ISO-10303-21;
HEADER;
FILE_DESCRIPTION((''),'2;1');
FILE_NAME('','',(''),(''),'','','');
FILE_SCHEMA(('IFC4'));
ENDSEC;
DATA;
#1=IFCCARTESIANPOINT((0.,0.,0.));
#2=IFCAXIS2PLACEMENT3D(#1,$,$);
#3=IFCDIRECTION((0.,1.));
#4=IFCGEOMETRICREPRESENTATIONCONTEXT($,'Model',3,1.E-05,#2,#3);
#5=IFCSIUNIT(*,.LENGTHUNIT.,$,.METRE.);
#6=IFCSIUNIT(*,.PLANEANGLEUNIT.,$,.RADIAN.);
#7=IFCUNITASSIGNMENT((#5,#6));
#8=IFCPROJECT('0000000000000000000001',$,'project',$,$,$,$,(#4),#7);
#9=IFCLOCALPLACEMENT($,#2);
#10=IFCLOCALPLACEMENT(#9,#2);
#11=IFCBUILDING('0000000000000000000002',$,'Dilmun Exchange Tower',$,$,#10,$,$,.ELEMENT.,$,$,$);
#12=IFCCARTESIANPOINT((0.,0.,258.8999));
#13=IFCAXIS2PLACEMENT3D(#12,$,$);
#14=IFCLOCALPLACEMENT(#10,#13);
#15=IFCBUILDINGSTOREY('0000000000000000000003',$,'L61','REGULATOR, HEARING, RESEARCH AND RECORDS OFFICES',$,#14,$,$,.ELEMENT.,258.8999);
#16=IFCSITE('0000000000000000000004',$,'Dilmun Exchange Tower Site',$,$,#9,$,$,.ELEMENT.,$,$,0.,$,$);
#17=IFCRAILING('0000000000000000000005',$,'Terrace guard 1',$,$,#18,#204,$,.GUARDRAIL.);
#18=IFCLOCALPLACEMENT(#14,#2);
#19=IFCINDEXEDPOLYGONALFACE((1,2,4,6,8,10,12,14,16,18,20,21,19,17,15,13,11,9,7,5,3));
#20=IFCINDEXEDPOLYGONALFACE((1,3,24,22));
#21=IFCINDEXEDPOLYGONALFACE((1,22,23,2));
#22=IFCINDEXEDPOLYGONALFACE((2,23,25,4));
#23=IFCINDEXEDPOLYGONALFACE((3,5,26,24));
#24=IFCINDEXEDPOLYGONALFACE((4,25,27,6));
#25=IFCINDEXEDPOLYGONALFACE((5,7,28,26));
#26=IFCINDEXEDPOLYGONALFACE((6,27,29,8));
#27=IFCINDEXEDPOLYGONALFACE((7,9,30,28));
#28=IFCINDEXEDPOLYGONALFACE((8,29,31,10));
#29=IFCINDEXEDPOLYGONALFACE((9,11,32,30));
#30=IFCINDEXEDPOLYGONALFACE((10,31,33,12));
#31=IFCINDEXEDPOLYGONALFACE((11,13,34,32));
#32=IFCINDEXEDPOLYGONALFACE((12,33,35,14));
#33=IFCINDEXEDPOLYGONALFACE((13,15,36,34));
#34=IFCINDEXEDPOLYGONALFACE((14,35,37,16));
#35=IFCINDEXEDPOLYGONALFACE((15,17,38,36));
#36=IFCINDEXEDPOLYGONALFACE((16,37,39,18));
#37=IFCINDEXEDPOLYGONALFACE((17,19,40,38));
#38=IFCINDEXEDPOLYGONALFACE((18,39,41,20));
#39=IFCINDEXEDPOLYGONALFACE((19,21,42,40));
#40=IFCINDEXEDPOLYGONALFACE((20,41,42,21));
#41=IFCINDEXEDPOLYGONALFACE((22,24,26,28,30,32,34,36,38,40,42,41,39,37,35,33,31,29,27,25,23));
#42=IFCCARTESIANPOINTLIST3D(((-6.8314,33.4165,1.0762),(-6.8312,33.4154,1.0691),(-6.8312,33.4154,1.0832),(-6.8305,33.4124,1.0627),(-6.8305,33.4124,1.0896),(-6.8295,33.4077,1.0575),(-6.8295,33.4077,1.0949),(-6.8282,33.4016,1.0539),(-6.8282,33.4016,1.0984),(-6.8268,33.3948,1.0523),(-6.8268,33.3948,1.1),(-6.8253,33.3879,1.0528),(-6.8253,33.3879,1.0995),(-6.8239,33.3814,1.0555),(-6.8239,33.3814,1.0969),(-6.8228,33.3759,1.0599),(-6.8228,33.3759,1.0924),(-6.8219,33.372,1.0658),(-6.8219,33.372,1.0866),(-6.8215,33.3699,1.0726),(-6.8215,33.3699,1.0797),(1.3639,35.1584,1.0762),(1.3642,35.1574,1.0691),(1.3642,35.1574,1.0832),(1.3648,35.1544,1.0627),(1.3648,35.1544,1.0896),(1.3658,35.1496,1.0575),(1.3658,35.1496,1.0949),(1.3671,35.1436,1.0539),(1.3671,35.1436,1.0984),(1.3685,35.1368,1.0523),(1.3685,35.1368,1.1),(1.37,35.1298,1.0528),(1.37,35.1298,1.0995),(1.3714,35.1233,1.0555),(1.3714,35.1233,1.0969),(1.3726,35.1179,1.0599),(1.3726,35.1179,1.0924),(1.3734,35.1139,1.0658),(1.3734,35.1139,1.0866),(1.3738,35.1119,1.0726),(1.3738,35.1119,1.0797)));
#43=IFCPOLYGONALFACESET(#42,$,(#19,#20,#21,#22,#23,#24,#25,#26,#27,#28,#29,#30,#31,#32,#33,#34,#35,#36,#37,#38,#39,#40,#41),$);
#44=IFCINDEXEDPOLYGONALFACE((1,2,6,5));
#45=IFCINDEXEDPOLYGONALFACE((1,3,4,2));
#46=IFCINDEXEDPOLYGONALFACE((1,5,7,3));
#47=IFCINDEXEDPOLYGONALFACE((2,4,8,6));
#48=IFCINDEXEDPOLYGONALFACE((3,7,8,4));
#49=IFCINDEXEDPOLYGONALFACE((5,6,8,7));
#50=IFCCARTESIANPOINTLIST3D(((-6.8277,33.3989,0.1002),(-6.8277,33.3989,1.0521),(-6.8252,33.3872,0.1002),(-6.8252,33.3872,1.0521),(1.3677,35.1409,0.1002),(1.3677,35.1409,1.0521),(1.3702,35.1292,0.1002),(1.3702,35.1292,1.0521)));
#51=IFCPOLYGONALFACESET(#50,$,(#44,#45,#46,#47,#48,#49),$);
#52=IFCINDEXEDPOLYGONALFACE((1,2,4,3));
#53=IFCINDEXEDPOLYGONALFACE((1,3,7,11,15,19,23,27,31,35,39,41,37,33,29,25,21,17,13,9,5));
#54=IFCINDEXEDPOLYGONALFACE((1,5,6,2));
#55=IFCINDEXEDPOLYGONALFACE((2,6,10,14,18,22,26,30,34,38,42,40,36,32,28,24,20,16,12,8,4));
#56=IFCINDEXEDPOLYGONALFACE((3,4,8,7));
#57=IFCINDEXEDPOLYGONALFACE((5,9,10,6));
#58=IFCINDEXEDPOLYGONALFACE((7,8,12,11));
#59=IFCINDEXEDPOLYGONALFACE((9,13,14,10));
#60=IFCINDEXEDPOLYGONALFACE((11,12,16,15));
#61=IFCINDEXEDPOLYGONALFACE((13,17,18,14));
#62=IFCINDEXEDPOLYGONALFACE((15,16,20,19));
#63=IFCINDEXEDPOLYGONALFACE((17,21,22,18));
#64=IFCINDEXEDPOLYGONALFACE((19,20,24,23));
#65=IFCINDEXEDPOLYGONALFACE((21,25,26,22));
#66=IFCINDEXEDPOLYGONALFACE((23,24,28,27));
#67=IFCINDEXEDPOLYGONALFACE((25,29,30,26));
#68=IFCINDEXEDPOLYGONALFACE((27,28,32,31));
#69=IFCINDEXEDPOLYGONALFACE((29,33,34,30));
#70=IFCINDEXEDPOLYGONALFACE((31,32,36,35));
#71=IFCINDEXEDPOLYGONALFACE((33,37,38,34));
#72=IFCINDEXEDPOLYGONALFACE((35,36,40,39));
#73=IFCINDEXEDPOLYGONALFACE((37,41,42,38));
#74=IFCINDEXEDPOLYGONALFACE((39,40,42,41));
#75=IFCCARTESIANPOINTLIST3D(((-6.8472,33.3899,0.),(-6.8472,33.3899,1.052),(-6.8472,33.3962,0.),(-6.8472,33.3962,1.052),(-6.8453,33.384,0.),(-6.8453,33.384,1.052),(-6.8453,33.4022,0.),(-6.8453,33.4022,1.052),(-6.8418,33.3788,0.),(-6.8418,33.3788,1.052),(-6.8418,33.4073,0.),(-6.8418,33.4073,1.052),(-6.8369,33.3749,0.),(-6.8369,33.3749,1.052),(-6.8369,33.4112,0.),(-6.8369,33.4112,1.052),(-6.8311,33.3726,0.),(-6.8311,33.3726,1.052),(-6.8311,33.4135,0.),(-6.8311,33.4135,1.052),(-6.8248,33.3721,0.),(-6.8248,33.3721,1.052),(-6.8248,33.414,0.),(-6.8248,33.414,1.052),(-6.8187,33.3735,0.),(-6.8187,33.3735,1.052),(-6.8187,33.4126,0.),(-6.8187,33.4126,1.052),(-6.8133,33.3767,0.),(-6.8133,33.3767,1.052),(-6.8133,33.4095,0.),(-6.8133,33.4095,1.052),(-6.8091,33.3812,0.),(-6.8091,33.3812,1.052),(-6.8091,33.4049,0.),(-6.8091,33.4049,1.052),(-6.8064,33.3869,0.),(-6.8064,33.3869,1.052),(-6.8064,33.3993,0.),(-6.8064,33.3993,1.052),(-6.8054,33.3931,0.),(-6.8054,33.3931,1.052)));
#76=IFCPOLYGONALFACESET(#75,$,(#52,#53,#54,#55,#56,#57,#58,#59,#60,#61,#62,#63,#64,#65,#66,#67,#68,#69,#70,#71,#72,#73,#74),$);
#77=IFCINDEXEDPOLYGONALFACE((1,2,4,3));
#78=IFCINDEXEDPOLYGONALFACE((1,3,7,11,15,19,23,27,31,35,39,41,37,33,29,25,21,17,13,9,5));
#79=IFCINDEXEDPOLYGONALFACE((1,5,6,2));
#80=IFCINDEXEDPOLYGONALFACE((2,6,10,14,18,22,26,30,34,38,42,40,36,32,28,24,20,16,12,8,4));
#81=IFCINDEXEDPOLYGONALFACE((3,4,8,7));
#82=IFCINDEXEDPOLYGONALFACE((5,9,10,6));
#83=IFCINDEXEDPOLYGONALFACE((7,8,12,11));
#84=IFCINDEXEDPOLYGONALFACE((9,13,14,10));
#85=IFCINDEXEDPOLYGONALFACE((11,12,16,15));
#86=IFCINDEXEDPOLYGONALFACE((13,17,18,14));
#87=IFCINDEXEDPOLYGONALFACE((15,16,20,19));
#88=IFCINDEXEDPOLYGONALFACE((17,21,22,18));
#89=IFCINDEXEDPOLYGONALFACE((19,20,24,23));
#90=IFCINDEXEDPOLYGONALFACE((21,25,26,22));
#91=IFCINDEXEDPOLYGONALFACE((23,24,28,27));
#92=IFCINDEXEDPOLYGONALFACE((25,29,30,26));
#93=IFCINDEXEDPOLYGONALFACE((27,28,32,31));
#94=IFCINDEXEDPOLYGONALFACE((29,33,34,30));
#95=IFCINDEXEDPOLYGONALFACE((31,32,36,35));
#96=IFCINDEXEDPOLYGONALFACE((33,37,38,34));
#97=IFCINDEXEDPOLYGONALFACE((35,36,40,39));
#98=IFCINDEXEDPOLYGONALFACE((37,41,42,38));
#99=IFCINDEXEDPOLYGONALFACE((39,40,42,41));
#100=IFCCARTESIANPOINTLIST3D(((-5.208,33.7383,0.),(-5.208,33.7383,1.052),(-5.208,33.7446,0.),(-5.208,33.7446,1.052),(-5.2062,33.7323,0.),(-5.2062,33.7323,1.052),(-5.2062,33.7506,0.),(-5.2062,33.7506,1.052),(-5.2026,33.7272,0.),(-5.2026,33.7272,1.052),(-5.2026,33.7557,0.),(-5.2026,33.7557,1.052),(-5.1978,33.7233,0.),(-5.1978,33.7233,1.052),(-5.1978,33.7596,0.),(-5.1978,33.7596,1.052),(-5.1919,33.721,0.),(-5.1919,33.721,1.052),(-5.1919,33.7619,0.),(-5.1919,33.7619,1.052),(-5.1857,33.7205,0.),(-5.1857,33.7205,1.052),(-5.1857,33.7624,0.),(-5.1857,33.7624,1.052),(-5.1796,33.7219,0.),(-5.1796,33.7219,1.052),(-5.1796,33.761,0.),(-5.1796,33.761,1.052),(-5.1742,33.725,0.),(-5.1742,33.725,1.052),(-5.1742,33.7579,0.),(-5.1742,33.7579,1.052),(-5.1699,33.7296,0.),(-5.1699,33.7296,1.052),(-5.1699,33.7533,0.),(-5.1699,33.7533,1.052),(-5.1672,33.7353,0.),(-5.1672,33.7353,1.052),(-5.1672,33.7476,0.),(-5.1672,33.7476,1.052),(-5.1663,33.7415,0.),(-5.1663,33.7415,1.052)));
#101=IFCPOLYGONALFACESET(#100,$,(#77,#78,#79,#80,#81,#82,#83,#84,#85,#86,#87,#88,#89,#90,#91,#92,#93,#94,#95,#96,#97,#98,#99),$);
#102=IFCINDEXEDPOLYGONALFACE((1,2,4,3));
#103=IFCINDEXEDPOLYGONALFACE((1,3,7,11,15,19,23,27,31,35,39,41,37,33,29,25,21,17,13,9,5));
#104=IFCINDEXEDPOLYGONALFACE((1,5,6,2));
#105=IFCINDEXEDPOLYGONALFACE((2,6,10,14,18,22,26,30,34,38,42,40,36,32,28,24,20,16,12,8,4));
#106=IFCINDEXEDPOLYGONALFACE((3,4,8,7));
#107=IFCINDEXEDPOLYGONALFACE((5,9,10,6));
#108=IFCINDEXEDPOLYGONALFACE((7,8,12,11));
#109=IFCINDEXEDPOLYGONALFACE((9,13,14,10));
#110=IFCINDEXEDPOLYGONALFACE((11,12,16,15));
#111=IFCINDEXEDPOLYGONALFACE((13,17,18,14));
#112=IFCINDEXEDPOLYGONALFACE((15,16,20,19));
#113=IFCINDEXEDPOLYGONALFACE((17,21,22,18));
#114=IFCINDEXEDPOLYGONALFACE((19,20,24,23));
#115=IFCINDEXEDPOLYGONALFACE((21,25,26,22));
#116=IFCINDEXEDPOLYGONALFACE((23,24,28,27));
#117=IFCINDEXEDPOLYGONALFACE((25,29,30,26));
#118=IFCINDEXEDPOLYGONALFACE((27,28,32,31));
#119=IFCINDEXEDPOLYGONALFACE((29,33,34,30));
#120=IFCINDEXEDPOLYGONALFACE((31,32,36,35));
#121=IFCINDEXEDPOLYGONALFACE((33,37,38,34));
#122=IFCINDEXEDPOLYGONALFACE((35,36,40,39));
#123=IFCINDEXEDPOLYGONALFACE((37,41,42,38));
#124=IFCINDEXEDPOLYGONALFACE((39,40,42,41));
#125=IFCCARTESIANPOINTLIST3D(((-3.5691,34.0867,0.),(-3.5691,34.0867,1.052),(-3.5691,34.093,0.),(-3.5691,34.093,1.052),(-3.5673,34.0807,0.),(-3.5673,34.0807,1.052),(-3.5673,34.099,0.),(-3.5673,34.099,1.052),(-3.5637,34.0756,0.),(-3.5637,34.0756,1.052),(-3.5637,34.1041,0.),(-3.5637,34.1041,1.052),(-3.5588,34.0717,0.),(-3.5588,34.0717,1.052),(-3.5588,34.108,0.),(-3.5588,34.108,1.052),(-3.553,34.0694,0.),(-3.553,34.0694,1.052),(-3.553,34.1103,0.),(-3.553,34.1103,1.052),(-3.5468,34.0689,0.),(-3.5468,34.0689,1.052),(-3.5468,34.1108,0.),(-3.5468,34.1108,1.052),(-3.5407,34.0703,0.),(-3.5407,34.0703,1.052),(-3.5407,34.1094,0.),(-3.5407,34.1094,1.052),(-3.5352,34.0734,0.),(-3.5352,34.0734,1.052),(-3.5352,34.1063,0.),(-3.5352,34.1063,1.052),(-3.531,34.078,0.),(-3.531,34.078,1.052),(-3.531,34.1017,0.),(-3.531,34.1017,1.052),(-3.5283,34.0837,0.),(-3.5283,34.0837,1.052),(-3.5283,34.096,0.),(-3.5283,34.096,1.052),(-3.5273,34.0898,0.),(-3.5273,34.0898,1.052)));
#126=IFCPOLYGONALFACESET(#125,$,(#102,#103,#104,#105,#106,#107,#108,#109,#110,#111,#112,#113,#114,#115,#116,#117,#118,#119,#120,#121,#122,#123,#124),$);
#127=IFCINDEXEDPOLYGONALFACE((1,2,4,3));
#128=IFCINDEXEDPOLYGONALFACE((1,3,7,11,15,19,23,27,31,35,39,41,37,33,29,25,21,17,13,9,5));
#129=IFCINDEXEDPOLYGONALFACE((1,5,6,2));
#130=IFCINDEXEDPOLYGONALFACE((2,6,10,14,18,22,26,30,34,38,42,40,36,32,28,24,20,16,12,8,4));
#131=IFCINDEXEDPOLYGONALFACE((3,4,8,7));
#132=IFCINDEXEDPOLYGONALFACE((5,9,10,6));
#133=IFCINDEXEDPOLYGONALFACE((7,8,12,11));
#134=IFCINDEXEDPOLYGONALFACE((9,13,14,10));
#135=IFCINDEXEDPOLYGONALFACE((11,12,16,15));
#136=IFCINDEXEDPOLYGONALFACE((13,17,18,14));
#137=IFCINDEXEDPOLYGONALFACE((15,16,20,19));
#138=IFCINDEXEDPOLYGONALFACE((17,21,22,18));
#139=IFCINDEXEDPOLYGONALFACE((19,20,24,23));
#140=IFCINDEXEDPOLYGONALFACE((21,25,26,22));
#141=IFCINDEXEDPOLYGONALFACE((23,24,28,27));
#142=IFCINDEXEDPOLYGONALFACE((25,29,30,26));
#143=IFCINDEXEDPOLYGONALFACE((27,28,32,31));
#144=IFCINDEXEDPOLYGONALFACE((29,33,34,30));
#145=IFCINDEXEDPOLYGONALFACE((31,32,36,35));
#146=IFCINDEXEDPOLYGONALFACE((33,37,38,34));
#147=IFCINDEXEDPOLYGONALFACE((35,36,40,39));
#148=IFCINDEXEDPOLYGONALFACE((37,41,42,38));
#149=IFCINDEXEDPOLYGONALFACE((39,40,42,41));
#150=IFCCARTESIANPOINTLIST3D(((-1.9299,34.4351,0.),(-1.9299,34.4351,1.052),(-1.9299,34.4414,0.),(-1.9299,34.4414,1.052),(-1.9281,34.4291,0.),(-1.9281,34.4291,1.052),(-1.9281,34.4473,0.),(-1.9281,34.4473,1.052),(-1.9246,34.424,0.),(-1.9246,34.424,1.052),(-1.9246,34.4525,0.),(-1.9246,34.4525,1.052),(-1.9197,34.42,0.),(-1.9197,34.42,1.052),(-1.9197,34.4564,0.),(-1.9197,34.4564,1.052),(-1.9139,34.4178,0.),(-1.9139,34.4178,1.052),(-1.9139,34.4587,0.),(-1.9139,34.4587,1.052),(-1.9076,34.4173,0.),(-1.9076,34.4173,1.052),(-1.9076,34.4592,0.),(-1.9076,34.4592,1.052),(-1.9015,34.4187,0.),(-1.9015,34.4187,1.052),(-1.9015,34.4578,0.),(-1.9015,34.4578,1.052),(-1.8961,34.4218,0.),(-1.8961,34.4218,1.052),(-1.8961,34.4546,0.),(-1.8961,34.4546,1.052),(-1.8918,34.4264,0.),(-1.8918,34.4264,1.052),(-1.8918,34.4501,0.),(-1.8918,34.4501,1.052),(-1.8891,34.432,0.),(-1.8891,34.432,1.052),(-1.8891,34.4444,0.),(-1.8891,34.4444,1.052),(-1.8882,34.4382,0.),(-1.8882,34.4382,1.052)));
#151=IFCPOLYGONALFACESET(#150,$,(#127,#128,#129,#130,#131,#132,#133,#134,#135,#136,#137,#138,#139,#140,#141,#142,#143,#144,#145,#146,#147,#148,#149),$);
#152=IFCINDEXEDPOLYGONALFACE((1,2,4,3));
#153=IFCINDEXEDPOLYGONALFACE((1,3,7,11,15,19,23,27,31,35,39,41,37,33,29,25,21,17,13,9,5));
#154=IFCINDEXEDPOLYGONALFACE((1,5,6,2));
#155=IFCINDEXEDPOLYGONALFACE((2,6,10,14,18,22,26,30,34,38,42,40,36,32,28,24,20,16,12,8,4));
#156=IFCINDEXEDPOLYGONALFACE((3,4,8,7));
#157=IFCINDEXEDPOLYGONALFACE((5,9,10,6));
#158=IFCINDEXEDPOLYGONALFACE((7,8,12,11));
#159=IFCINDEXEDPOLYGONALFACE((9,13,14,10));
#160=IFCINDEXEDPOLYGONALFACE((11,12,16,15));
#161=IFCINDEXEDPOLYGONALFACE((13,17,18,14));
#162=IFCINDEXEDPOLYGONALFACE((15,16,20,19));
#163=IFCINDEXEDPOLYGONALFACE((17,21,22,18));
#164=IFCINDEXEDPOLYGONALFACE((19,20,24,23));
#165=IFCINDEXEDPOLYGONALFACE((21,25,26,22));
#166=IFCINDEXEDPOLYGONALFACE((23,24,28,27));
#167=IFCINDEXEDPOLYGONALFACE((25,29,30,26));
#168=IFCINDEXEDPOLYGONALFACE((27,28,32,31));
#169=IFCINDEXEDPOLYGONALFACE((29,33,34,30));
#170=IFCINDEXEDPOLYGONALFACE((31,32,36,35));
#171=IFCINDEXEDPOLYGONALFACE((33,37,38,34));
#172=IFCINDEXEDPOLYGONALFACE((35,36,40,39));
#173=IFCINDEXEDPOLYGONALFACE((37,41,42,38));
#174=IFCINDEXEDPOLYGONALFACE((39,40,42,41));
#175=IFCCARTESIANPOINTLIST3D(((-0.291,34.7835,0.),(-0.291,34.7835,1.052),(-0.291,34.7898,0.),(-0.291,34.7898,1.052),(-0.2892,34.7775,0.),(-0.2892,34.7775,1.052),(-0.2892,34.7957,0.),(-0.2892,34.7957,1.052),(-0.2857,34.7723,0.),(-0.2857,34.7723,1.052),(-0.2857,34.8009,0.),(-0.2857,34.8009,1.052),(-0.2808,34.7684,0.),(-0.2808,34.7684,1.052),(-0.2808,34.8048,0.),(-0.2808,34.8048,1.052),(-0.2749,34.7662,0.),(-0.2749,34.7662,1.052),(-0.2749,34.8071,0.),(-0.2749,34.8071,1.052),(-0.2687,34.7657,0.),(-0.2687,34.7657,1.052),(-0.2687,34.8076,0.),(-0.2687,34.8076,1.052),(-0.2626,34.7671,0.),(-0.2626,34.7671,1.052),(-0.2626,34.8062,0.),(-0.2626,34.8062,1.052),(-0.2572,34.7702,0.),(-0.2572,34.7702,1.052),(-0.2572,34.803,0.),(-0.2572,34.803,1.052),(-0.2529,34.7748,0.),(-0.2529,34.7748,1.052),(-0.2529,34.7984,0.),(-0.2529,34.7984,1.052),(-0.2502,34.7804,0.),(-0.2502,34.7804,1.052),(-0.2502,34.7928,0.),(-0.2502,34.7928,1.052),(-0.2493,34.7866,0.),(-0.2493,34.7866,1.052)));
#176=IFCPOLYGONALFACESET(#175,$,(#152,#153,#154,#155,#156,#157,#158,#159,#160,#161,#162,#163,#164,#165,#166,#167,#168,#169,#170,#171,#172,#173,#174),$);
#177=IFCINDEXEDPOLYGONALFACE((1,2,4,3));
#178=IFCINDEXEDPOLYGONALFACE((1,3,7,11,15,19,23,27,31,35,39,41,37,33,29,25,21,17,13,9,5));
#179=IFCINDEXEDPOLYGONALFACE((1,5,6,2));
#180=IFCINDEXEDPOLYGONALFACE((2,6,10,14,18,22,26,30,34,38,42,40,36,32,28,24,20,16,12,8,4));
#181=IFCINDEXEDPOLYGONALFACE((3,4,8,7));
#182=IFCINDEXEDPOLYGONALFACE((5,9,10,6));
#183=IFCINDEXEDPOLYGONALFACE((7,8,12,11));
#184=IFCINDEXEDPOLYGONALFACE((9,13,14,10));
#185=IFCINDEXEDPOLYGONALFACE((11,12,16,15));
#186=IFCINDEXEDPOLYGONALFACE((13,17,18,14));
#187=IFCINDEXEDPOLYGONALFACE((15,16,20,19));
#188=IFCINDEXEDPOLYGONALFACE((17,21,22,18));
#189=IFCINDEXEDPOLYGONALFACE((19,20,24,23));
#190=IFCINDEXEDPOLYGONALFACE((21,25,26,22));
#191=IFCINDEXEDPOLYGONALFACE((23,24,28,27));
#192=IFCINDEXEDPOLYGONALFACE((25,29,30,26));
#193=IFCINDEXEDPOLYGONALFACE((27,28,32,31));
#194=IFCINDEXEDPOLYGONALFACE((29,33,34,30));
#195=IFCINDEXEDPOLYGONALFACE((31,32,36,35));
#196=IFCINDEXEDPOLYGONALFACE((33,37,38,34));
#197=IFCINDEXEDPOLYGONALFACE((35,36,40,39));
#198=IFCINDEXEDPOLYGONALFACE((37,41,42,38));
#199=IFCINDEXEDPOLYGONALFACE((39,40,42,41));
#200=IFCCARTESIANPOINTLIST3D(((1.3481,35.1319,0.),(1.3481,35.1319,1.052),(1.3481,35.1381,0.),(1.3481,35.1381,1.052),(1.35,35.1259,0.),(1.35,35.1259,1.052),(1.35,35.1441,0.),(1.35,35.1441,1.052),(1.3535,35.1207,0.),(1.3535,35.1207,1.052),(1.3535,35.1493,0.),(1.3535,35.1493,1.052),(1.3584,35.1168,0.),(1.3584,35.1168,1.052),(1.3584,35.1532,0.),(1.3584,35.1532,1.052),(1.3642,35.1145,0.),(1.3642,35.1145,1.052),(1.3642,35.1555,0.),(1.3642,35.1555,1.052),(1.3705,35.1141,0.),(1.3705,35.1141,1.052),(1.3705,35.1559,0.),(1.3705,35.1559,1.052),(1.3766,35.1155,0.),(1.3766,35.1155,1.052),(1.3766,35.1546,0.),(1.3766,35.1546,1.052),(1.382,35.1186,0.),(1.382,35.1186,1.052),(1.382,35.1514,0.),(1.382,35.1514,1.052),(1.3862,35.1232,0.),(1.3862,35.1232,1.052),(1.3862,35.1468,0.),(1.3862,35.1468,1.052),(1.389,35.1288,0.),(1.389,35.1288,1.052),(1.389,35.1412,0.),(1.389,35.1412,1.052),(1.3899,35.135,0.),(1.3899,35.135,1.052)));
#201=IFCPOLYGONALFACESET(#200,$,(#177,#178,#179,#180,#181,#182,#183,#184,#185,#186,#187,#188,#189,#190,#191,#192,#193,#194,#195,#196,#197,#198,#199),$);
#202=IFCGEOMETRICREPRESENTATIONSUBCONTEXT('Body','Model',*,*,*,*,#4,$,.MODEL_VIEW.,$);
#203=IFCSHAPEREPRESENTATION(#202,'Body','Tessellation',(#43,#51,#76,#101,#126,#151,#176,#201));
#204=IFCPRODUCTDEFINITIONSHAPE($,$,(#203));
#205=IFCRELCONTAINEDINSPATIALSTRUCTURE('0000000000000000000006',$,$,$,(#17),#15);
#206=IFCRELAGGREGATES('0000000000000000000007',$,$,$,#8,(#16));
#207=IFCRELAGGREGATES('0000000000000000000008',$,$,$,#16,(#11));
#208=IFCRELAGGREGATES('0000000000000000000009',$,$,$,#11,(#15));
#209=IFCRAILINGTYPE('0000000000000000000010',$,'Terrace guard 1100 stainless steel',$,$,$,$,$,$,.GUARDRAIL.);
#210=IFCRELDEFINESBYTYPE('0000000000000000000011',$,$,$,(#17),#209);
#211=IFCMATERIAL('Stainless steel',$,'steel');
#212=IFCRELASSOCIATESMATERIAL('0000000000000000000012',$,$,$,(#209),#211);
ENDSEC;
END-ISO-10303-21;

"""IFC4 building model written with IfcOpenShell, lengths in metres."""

from ifc_helpers import new_model, si_unit, direction, frame, origin, origin_2d, place, context, subcontext, project, spatial, rectangle, circle, extrude, material, type_object, element, save


model = new_model("IFC4")

# Units and contexts
model_context = context("Model", 3, precision=1e-05, world=origin(), true_north=direction((0.0, 1.0)))
body_context = subcontext(model_context, "Body", "Model", "MODEL_VIEW")
ifc_project = project(units=[si_unit("LENGTHUNIT", "METRE"), si_unit("PLANEANGLEUNIT", "RADIAN")], contexts=[model_context])

# Site, building, storey
site_placement = place(None, origin())
site = spatial("IfcSite", under=ifc_project, at=site_placement, Name="Dilmun Exchange Tower Site", CompositionType="ELEMENT", RefElevation=0.0)
building_placement = place(site_placement, origin())
building = spatial("IfcBuilding", under=site, at=building_placement, Name="Dilmun Exchange Tower", CompositionType="ELEMENT")
storey_placement = place(building_placement, frame((0.0, 0.0, 258.8999)))
storey = spatial("IfcBuildingStorey", under=building, at=storey_placement, Name="L61", Description="REGULATOR, HEARING, RESEARCH AND RECORDS OFFICES", CompositionType="ELEMENT", Elevation=258.8999)

# Railing
ifc_material_1 = material(Name="Stainless steel", Category="steel")
railing_type = type_object("IfcRailingType", Name="Terrace guard 1100 stainless steel", PredefinedType="GUARDRAIL", material=ifc_material_1)
railing_placement = place(storey_placement, frame((-6.8264, 33.3931, 0.0)))
element("IfcRailing", 1, at=railing_placement, inside=storey, type_object=railing_type, Name="Terrace guard 1", PredefinedType="GUARDRAIL", context=body_context, shape_type="SweptSolid", body=[
    extrude(circle(Radius=0.0239, at=origin_2d()), frame((0.0, 0.0, 1.0762), z_axis=(0.978148, 0.207909, 0.0), x_axis=(-0.207909, 0.978148, 0.0)), (0.0, 0.0, 1.0), 8.3784),
    extrude(rectangle(XDim=0.012, YDim=0.9519, at=origin_2d()), frame((0.0, 0.0, 0.5762), z_axis=(0.978148, 0.207909, 0.0), x_axis=(-0.207909, 0.978148, 0.0)), (0.0, 0.0, 1.0), 8.3784),
    extrude(circle(Radius=0.021, at=origin_2d()), origin(), (0.0, 0.0, 1.0), 1.052),
    extrude(circle(Radius=0.021, at=origin_2d()), frame((1.6392, 0.3484, 0.0)), (0.0, 0.0, 1.0), 1.052),
    extrude(circle(Radius=0.021, at=origin_2d()), frame((3.2781, 0.6968, 0.0)), (0.0, 0.0, 1.0), 1.052),
    extrude(circle(Radius=0.021, at=origin_2d()), frame((4.9172, 1.0452, 0.0)), (0.0, 0.0, 1.0), 1.052),
    extrude(circle(Radius=0.021, at=origin_2d()), frame((6.5562, 1.3936, 0.0)), (0.0, 0.0, 1.0), 1.052),
    extrude(circle(Radius=0.021, at=origin_2d()), frame((8.1953, 1.7419, 0.0)), (0.0, 0.0, 1.0), 1.052),
])

save(model, "model.ifc")
